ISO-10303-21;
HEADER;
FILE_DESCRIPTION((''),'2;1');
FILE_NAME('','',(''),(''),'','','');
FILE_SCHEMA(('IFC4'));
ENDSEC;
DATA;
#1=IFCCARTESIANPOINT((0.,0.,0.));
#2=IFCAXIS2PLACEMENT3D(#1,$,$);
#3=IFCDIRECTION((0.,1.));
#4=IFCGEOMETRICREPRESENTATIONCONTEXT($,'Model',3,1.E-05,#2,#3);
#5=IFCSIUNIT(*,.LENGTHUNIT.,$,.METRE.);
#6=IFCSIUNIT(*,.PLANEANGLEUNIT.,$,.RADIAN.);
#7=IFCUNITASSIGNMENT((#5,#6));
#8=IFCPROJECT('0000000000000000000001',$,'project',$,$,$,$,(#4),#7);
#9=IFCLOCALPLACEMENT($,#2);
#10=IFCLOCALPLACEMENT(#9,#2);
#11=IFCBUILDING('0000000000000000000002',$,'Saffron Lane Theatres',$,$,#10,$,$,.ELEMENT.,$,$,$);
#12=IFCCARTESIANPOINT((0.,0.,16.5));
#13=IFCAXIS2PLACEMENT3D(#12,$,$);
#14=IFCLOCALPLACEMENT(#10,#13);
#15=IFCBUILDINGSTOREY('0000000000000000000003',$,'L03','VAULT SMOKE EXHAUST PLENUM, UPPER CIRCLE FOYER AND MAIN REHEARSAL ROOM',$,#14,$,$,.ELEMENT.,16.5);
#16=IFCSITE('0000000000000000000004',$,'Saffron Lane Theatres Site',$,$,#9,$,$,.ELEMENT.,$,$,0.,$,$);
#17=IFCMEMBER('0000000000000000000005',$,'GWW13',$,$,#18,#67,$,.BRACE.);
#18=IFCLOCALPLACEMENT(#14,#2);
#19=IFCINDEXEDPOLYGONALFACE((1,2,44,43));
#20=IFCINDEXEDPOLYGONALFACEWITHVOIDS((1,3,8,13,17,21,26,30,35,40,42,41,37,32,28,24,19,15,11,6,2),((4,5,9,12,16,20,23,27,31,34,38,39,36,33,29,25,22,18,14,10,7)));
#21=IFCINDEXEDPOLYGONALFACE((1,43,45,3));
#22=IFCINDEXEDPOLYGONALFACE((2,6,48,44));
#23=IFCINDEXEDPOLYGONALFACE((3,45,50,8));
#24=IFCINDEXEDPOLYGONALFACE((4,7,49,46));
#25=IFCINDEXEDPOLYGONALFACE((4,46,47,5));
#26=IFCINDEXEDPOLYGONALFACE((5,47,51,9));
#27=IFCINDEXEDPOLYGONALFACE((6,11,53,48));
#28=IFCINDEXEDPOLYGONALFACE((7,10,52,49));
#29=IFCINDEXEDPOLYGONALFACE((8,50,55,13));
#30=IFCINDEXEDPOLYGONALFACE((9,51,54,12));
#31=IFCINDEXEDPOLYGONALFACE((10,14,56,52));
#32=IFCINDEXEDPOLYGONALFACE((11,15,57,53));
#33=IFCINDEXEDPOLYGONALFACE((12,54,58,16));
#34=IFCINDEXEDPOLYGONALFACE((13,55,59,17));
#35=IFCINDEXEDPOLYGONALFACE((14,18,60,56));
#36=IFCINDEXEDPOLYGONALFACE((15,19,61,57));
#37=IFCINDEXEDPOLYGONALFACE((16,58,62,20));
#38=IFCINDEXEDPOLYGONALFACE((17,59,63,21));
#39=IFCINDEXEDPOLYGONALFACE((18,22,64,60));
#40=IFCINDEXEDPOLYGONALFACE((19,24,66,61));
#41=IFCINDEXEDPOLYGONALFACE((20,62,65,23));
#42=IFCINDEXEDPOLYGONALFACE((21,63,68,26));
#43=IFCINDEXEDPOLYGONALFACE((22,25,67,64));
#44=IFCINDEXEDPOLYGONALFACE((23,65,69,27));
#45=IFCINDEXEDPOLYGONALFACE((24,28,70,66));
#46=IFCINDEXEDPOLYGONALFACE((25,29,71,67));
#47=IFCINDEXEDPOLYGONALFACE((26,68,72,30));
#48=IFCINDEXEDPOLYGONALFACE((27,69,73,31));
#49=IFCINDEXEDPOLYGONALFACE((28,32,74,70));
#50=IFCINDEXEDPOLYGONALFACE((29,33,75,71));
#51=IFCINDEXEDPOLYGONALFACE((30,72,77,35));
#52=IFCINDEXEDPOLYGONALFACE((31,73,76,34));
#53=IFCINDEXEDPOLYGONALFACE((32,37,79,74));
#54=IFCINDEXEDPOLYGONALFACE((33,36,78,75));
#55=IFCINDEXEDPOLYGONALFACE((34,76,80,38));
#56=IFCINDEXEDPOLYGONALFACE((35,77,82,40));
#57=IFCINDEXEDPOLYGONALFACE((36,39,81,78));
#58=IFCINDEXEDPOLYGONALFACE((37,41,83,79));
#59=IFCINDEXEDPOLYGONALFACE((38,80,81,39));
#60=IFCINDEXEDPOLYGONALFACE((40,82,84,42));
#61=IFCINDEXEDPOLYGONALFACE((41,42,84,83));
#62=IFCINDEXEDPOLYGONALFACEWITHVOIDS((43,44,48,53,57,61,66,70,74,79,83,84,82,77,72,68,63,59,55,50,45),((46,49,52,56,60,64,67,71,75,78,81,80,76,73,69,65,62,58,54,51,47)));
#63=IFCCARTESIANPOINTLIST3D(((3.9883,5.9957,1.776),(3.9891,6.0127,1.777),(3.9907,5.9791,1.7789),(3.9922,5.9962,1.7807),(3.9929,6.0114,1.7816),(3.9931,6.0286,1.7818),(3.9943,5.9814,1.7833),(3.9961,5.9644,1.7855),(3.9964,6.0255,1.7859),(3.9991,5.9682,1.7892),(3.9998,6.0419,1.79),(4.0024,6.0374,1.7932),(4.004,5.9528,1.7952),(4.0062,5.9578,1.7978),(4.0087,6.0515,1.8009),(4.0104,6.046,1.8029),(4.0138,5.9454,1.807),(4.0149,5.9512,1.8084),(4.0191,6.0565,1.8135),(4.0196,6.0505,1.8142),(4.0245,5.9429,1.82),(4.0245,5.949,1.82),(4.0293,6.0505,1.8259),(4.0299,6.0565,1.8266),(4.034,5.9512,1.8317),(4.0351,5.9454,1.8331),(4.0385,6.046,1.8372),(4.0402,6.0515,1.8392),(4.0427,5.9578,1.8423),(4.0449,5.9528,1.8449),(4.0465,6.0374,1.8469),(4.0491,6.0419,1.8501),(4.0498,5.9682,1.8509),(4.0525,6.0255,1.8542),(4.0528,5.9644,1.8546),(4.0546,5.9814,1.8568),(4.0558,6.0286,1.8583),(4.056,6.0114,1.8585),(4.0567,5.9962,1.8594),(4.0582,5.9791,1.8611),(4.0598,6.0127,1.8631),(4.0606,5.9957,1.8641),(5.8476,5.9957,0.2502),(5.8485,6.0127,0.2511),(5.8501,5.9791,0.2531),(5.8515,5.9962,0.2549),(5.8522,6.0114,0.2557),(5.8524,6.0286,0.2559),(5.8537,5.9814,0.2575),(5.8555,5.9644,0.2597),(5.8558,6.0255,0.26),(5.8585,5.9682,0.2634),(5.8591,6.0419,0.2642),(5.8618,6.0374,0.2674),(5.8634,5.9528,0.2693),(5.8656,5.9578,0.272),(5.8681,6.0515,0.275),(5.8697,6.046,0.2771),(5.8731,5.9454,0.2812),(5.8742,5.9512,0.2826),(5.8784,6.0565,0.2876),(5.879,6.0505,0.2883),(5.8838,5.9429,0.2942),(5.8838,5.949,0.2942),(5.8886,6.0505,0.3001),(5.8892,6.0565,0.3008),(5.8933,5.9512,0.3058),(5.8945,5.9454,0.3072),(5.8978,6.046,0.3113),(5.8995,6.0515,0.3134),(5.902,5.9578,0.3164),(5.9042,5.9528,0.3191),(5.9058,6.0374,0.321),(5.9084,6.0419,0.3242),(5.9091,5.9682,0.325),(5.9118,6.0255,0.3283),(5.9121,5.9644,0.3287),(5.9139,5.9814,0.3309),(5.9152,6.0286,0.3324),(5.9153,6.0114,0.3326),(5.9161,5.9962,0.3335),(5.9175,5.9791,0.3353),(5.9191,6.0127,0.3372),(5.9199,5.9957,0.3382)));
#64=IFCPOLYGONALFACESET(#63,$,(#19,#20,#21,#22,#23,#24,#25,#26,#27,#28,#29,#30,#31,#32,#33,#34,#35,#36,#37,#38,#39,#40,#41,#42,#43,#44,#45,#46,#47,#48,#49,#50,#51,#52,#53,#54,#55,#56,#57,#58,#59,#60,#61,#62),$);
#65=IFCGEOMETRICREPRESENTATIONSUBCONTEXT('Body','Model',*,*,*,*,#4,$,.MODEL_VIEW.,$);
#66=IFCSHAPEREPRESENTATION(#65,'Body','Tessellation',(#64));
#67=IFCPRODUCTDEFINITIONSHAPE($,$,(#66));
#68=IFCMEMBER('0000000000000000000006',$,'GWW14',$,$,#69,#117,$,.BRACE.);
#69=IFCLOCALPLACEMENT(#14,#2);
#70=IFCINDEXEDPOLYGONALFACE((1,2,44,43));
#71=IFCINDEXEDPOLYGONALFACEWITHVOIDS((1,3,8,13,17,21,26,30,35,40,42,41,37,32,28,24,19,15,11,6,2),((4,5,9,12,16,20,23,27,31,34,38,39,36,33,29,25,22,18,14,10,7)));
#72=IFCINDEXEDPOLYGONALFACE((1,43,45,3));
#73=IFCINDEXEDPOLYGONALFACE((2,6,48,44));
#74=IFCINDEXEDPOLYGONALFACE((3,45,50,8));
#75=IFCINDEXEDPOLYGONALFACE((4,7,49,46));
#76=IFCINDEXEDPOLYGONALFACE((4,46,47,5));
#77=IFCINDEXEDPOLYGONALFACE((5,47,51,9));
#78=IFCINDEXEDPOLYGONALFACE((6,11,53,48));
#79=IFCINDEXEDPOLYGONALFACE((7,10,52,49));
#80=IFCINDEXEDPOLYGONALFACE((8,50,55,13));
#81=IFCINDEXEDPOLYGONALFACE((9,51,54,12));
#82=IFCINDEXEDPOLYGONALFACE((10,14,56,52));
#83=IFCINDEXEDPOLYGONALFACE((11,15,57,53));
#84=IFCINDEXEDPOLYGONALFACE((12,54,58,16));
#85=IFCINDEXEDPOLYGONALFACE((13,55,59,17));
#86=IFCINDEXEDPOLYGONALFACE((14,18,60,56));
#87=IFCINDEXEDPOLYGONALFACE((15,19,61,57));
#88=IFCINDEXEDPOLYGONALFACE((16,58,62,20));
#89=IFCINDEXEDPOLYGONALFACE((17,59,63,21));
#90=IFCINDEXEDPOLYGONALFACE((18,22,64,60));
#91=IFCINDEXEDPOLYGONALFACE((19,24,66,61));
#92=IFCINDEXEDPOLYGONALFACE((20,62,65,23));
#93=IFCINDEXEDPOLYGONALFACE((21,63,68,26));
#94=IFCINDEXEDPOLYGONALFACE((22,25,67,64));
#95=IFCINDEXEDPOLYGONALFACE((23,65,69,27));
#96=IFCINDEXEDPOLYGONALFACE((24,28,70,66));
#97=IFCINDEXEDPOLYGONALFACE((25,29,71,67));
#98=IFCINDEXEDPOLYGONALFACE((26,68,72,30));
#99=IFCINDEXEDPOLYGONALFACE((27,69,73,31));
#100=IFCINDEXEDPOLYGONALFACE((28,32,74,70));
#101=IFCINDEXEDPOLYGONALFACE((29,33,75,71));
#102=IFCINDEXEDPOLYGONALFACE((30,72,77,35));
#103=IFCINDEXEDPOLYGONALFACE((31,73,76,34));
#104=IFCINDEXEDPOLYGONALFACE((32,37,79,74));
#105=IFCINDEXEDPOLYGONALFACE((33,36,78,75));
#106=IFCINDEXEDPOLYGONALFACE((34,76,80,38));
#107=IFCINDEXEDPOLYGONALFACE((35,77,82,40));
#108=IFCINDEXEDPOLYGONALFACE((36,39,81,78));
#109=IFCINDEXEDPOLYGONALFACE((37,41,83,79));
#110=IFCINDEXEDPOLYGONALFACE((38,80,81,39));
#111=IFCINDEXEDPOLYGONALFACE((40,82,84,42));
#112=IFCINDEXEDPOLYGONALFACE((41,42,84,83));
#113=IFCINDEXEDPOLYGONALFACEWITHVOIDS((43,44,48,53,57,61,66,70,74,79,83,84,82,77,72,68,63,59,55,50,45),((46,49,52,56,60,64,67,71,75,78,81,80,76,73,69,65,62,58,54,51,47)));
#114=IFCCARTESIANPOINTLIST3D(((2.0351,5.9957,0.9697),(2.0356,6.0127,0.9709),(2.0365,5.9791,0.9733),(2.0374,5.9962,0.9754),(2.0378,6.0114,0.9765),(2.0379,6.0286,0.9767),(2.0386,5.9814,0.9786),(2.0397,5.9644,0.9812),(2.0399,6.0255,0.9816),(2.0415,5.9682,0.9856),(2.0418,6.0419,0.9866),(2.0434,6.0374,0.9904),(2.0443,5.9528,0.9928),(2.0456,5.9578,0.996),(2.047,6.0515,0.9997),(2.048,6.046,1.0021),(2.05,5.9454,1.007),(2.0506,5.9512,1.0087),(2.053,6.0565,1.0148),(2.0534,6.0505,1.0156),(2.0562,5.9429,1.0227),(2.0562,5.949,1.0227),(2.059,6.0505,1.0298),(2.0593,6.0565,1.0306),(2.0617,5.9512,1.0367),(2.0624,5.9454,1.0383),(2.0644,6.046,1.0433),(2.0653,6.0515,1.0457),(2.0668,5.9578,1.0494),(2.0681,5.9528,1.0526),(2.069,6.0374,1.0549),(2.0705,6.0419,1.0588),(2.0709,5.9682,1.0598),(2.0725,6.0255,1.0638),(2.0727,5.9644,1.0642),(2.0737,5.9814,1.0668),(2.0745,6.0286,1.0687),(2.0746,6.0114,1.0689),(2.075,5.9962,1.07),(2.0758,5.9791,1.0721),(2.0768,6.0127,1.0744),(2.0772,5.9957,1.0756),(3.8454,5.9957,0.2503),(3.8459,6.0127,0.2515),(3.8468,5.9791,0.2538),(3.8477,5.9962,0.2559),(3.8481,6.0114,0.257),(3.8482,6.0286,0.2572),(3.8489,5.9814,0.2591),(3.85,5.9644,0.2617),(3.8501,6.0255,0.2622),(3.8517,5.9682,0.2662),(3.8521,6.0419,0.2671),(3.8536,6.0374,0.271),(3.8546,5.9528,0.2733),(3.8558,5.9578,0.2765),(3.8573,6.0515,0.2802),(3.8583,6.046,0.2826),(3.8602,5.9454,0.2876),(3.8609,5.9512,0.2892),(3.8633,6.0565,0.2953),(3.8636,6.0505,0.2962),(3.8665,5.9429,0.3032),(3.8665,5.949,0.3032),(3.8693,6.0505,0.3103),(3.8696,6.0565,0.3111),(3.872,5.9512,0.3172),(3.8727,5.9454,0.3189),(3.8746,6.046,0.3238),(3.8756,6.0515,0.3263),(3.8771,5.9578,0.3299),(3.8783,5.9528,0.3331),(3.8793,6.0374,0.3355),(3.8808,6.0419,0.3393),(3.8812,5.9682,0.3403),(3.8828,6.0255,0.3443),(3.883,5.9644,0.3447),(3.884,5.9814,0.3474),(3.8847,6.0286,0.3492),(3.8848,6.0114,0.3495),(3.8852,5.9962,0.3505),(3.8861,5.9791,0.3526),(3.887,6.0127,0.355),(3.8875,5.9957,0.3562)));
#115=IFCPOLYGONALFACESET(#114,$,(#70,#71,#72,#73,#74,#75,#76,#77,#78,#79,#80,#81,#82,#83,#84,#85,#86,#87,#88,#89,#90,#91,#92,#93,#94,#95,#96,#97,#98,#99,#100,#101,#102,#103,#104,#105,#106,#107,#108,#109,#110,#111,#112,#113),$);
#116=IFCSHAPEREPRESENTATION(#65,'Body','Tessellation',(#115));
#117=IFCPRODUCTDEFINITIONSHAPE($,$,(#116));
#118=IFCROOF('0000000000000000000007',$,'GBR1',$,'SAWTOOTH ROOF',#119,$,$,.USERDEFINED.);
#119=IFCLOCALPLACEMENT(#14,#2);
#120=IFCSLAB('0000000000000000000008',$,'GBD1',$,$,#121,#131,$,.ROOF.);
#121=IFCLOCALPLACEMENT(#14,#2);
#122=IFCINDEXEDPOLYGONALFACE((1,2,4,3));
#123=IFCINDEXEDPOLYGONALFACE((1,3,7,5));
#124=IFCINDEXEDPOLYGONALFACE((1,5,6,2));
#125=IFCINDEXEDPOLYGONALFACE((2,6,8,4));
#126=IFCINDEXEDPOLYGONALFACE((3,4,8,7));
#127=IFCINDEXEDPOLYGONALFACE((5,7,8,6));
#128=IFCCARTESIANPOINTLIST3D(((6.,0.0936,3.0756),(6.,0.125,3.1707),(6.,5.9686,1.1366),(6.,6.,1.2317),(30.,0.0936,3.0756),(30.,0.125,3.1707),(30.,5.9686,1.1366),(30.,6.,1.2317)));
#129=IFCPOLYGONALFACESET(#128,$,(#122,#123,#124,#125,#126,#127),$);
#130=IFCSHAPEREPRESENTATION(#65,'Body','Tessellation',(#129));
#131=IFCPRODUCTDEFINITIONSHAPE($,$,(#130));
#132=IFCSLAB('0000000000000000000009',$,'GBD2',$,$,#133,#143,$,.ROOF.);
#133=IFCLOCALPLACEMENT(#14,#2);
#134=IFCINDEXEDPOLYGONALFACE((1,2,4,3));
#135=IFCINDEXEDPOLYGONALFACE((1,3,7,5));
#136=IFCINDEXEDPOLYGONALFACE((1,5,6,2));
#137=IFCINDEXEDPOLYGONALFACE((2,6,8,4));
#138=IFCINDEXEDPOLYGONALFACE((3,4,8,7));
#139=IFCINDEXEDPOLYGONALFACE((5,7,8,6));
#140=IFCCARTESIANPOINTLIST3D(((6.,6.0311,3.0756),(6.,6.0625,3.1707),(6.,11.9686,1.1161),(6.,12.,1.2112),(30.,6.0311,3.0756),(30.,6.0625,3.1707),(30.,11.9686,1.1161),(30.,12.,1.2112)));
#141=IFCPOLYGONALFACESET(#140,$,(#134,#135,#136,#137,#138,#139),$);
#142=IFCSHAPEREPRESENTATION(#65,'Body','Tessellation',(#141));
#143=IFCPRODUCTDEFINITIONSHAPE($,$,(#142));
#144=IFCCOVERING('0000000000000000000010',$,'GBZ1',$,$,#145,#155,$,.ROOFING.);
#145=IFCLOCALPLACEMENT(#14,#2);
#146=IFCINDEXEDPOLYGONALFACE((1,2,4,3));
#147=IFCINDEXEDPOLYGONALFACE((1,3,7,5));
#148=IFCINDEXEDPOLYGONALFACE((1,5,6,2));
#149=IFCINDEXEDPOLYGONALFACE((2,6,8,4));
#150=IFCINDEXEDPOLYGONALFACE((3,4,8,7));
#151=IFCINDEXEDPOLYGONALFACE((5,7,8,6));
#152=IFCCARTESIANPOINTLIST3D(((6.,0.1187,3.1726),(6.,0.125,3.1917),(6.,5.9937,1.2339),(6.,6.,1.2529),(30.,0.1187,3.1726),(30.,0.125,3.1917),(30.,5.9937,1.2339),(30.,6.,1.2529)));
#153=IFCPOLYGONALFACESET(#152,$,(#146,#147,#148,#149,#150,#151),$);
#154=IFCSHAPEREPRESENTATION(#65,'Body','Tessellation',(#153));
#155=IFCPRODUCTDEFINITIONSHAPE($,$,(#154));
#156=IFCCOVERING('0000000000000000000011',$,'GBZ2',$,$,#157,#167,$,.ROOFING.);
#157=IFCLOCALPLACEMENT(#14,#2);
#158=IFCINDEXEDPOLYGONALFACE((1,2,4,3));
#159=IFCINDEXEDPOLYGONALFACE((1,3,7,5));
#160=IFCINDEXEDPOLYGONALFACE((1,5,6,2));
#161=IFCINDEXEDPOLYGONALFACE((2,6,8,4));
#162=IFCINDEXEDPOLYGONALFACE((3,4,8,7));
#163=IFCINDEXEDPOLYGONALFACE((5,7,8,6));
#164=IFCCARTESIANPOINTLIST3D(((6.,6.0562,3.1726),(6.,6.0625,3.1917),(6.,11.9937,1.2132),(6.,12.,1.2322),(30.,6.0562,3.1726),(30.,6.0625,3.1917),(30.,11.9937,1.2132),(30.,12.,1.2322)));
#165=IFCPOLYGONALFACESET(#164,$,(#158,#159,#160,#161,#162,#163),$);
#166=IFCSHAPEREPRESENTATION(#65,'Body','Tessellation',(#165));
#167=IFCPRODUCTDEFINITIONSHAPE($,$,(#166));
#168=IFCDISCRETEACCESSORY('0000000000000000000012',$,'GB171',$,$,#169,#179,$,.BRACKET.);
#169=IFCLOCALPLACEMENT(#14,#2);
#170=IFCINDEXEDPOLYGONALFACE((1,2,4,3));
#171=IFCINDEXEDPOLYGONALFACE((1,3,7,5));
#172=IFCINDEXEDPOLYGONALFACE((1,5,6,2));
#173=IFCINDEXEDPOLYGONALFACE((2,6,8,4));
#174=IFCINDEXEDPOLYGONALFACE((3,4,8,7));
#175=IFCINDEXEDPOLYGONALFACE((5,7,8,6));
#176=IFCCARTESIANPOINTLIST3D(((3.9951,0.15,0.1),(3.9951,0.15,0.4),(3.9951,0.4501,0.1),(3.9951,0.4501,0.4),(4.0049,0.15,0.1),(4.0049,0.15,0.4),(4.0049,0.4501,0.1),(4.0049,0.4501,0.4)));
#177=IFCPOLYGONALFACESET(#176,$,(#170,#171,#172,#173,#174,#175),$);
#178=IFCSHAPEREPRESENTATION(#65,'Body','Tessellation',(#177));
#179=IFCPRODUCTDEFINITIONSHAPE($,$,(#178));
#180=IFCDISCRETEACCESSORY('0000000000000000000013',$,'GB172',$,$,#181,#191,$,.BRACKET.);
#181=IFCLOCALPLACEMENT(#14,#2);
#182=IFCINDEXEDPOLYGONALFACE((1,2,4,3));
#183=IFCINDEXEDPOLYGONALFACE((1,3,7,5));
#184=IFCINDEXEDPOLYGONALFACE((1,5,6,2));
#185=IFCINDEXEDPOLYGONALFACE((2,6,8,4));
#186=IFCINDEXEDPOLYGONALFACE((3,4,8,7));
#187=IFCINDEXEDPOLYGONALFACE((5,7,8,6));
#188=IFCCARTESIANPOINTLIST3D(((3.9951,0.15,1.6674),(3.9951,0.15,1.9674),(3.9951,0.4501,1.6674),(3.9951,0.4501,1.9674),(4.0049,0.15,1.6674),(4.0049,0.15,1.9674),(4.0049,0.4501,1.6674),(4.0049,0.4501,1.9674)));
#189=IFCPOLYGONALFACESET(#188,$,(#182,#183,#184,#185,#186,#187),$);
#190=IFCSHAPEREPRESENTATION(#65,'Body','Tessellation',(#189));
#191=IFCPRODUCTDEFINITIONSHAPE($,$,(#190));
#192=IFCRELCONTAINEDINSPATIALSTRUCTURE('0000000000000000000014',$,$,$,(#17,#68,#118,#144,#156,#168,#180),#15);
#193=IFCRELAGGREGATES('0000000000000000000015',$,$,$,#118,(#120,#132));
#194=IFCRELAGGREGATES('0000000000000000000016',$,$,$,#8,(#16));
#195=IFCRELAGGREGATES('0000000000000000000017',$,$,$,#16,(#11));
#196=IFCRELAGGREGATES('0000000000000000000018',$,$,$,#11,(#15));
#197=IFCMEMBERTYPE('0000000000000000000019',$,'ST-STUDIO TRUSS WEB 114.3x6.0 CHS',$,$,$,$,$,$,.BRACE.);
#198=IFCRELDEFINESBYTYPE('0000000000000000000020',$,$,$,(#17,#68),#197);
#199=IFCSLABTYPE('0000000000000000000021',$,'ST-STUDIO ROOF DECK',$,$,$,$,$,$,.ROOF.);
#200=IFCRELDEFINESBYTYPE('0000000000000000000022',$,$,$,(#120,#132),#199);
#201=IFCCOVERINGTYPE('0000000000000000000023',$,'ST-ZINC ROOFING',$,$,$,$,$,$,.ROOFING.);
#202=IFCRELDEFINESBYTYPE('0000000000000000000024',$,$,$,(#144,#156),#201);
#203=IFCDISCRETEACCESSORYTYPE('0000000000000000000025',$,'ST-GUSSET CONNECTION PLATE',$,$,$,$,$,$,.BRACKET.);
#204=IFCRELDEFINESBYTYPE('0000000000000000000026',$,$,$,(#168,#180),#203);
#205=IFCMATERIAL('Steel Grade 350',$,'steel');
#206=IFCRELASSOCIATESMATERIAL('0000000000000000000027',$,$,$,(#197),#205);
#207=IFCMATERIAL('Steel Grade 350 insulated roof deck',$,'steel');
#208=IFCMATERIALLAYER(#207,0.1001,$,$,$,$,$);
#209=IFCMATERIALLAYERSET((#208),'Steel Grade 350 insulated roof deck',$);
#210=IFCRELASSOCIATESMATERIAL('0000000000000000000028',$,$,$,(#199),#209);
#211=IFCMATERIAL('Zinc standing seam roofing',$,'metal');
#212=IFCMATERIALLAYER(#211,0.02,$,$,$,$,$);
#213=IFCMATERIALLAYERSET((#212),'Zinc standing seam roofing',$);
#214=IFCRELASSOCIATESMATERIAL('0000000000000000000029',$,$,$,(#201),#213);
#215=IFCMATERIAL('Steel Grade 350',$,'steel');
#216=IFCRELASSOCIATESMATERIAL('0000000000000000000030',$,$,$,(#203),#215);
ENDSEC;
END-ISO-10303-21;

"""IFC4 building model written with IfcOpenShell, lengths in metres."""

from ifc_helpers import new_model, si_unit, direction, frame, origin, origin_2d, place, context, subcontext, project, spatial, polyline, rectangle, hollow_circle, outline, extrude, material, layer, layer_set, material_profile, profile_set, type_object, element, aggregate, save


model = new_model("IFC4")

# Units and contexts
model_context = context("Model", 3, precision=1e-05, world=origin(), true_north=direction((0.0, 1.0)))
body_context = subcontext(model_context, "Body", "Model", "MODEL_VIEW")
ifc_project = project(units=[si_unit("LENGTHUNIT", "METRE"), si_unit("PLANEANGLEUNIT", "RADIAN")], contexts=[model_context])

# Site, building, storey
site_placement = place(None, origin())
site = spatial("IfcSite", under=ifc_project, at=site_placement, Name="Saffron Lane Theatres Site", CompositionType="ELEMENT", RefElevation=0.0)
building_placement = place(site_placement, origin())
building = spatial("IfcBuilding", under=site, at=building_placement, Name="Saffron Lane Theatres", CompositionType="ELEMENT")
storey_placement = place(building_placement, frame((0.0, 0.0, 16.5)))
storey = spatial("IfcBuildingStorey", under=building, at=storey_placement, Name="L03", Description="VAULT SMOKE EXHAUST PLENUM, UPPER CIRCLE FOYER AND MAIN REHEARSAL ROOM", CompositionType="ELEMENT", Elevation=16.5)

# Members
ifc_material_1 = material(Name="Steel Grade 350", Category="steel")
ifc_material_profile_1 = material_profile(ifc_material_1, hollow_circle(Radius=0.0571, WallThickness=0.0061, at=origin_2d()))
ifc_profile_set_1 = profile_set([ifc_material_profile_1], Name="Steel Grade 350")
member_type_1 = type_object("IfcMemberType", Name="ST-STUDIO TRUSS WEB 114.3x6.0 CHS", PredefinedType="BRACE", material=ifc_profile_set_1)
member_1_placement = place(storey_placement, frame((5.8838, 6.0, 0.2942), z_axis=(-0.773025, 0.0, 0.634376), x_axis=(0.0, -1.0, 0.0)))
element("IfcMember", 1, at=member_1_placement, inside=storey, type_object=member_type_1, Name="GWW13", PredefinedType="BRACE", context=body_context, shape_type="SweptSolid", body=[
    extrude(hollow_circle(Radius=0.0571, WallThickness=0.0061, at=origin_2d()), origin(), (0.0, 0.0, 1.0), 2.4053),
])
member_2_placement = place(storey_placement, frame((3.8665, 6.0, 0.3032), z_axis=(-0.929296, 0.0, 0.369337), x_axis=(0.0, -1.0, 0.0)))
element("IfcMember", 2, at=member_2_placement, inside=storey, type_object=member_type_1, Name="GWW14", PredefinedType="BRACE", context=body_context, shape_type="SweptSolid", body=[
    extrude(hollow_circle(Radius=0.0571, WallThickness=0.0061, at=origin_2d()), origin(), (0.0, 0.0, 1.0), 1.948),
])

# Roof, slabs
roof_placement = place(storey_placement, origin())
roof = element("IfcRoof", 3, at=roof_placement, inside=storey, Name="GBR1", ObjectType="SAWTOOTH ROOF", PredefinedType="USERDEFINED")
ifc_material_2 = material(Name="Steel Grade 350 insulated roof deck", Category="steel")
ifc_layer_1 = layer(ifc_material_2, 0.1001)
ifc_layer_set_1 = layer_set([ifc_layer_1], Name="Steel Grade 350 insulated roof deck")
slab_type = type_object("IfcSlabType", Name="ST-STUDIO ROOF DECK", PredefinedType="ROOF", material=ifc_layer_set_1)
slab_1_placement = place(storey_placement, frame((6.0, 0.125, 3.1707), z_axis=(0.0, 0.313409, 0.949618), x_axis=(1.0, 0.0, 0.0)))
slab_1 = element("IfcSlab", 4, at=slab_1_placement, type_object=slab_type, Name="GBD1", PredefinedType="ROOF", context=body_context, shape_type="SweptSolid", body=[
    extrude(outline(polyline([(0.0, 0.0), (24.0, 0.0), (24.0, 6.1867), (0.0, 6.1867), (0.0, 0.0)])), origin(), (0.0, 0.0, -1.0), 0.1001),
])
slab_2_placement = place(storey_placement, frame((6.0, 6.0625, 3.1707), z_axis=(0.0, 0.313392, 0.949624), x_axis=(1.0, 0.0, 0.0)))
slab_2 = element("IfcSlab", 5, at=slab_2_placement, type_object=slab_type, Name="GBD2", PredefinedType="ROOF", context=body_context, shape_type="SweptSolid", body=[
    extrude(outline(polyline([(0.0, 0.0), (24.0, 0.0), (24.0, 6.2525), (0.0, 6.2525), (0.0, 0.0)])), origin(), (0.0, 0.0, -1.0), 0.1001),
])
aggregate(roof, [slab_1, slab_2])

# Coverings
ifc_material_3 = material(Name="Zinc standing seam roofing", Category="metal")
ifc_layer_2 = layer(ifc_material_3, 0.02)
ifc_layer_set_2 = layer_set([ifc_layer_2], Name="Zinc standing seam roofing")
covering_type_1 = type_object("IfcCoveringType", Name="ST-ZINC ROOFING", PredefinedType="ROOFING", material=ifc_layer_set_2)
covering_1_placement = place(storey_placement, frame((6.0, 0.125, 3.1917), z_axis=(0.0, 0.313373, 0.94963), x_axis=(1.0, 0.0, 0.0)))
element("IfcCovering", 6, at=covering_1_placement, inside=storey, type_object=covering_type_1, Name="GBZ1", PredefinedType="ROOFING", context=body_context, shape_type="SweptSolid", body=[
    extrude(outline(polyline([(0.0, 0.0), (24.0, 0.0), (24.0, 6.1866), (0.0, 6.1866), (0.0, 0.0)])), origin(), (0.0, 0.0, -1.0), 0.02),
])
covering_2_placement = place(storey_placement, frame((6.0, 6.0625, 3.1917), z_axis=(0.0, 0.313392, 0.949624), x_axis=(1.0, 0.0, 0.0)))
element("IfcCovering", 7, at=covering_2_placement, inside=storey, type_object=covering_type_1, Name="GBZ2", PredefinedType="ROOFING", context=body_context, shape_type="SweptSolid", body=[
    extrude(outline(polyline([(0.0, 0.0), (24.0, 0.0), (24.0, 6.2525), (0.0, 6.2525), (0.0, 0.0)])), origin(), (0.0, 0.0, -1.0), 0.02),
])

# Discrete accessories
ifc_material_4 = material(Name="Steel Grade 350", Category="steel")
ifc_material_profile_2 = material_profile(ifc_material_4, rectangle(XDim=0.3, YDim=0.3, at=origin_2d()))
ifc_profile_set_2 = profile_set([ifc_material_profile_2], Name="Steel Grade 350")
discrete_accessory_type_1 = type_object("IfcDiscreteAccessoryType", Name="ST-GUSSET CONNECTION PLATE", PredefinedType="BRACKET", material=ifc_profile_set_2)
for number, where, z_axis, x_axis, name in (
    (8, (3.9951, 0.3, 0.25), (1.0, 0.0, 0.0), (0.0, 1.0, 0.0), "GB171"),
    (9, (3.9951, 0.3, 1.8174), (1.0, 0.0, 0.0), (0.0, 1.0, 0.0), "GB172"),
):
    element("IfcDiscreteAccessory", number, at=place(storey_placement, frame(where, z_axis=z_axis, x_axis=x_axis)), inside=storey, type_object=discrete_accessory_type_1, Name=name, PredefinedType="BRACKET", context=body_context, shape_type="SweptSolid", body=[
        extrude(rectangle(XDim=0.3, YDim=0.3, at=origin_2d()), origin(), (0.0, 0.0, 1.0), 0.0098),
    ])

save(model, "model.ifc")
